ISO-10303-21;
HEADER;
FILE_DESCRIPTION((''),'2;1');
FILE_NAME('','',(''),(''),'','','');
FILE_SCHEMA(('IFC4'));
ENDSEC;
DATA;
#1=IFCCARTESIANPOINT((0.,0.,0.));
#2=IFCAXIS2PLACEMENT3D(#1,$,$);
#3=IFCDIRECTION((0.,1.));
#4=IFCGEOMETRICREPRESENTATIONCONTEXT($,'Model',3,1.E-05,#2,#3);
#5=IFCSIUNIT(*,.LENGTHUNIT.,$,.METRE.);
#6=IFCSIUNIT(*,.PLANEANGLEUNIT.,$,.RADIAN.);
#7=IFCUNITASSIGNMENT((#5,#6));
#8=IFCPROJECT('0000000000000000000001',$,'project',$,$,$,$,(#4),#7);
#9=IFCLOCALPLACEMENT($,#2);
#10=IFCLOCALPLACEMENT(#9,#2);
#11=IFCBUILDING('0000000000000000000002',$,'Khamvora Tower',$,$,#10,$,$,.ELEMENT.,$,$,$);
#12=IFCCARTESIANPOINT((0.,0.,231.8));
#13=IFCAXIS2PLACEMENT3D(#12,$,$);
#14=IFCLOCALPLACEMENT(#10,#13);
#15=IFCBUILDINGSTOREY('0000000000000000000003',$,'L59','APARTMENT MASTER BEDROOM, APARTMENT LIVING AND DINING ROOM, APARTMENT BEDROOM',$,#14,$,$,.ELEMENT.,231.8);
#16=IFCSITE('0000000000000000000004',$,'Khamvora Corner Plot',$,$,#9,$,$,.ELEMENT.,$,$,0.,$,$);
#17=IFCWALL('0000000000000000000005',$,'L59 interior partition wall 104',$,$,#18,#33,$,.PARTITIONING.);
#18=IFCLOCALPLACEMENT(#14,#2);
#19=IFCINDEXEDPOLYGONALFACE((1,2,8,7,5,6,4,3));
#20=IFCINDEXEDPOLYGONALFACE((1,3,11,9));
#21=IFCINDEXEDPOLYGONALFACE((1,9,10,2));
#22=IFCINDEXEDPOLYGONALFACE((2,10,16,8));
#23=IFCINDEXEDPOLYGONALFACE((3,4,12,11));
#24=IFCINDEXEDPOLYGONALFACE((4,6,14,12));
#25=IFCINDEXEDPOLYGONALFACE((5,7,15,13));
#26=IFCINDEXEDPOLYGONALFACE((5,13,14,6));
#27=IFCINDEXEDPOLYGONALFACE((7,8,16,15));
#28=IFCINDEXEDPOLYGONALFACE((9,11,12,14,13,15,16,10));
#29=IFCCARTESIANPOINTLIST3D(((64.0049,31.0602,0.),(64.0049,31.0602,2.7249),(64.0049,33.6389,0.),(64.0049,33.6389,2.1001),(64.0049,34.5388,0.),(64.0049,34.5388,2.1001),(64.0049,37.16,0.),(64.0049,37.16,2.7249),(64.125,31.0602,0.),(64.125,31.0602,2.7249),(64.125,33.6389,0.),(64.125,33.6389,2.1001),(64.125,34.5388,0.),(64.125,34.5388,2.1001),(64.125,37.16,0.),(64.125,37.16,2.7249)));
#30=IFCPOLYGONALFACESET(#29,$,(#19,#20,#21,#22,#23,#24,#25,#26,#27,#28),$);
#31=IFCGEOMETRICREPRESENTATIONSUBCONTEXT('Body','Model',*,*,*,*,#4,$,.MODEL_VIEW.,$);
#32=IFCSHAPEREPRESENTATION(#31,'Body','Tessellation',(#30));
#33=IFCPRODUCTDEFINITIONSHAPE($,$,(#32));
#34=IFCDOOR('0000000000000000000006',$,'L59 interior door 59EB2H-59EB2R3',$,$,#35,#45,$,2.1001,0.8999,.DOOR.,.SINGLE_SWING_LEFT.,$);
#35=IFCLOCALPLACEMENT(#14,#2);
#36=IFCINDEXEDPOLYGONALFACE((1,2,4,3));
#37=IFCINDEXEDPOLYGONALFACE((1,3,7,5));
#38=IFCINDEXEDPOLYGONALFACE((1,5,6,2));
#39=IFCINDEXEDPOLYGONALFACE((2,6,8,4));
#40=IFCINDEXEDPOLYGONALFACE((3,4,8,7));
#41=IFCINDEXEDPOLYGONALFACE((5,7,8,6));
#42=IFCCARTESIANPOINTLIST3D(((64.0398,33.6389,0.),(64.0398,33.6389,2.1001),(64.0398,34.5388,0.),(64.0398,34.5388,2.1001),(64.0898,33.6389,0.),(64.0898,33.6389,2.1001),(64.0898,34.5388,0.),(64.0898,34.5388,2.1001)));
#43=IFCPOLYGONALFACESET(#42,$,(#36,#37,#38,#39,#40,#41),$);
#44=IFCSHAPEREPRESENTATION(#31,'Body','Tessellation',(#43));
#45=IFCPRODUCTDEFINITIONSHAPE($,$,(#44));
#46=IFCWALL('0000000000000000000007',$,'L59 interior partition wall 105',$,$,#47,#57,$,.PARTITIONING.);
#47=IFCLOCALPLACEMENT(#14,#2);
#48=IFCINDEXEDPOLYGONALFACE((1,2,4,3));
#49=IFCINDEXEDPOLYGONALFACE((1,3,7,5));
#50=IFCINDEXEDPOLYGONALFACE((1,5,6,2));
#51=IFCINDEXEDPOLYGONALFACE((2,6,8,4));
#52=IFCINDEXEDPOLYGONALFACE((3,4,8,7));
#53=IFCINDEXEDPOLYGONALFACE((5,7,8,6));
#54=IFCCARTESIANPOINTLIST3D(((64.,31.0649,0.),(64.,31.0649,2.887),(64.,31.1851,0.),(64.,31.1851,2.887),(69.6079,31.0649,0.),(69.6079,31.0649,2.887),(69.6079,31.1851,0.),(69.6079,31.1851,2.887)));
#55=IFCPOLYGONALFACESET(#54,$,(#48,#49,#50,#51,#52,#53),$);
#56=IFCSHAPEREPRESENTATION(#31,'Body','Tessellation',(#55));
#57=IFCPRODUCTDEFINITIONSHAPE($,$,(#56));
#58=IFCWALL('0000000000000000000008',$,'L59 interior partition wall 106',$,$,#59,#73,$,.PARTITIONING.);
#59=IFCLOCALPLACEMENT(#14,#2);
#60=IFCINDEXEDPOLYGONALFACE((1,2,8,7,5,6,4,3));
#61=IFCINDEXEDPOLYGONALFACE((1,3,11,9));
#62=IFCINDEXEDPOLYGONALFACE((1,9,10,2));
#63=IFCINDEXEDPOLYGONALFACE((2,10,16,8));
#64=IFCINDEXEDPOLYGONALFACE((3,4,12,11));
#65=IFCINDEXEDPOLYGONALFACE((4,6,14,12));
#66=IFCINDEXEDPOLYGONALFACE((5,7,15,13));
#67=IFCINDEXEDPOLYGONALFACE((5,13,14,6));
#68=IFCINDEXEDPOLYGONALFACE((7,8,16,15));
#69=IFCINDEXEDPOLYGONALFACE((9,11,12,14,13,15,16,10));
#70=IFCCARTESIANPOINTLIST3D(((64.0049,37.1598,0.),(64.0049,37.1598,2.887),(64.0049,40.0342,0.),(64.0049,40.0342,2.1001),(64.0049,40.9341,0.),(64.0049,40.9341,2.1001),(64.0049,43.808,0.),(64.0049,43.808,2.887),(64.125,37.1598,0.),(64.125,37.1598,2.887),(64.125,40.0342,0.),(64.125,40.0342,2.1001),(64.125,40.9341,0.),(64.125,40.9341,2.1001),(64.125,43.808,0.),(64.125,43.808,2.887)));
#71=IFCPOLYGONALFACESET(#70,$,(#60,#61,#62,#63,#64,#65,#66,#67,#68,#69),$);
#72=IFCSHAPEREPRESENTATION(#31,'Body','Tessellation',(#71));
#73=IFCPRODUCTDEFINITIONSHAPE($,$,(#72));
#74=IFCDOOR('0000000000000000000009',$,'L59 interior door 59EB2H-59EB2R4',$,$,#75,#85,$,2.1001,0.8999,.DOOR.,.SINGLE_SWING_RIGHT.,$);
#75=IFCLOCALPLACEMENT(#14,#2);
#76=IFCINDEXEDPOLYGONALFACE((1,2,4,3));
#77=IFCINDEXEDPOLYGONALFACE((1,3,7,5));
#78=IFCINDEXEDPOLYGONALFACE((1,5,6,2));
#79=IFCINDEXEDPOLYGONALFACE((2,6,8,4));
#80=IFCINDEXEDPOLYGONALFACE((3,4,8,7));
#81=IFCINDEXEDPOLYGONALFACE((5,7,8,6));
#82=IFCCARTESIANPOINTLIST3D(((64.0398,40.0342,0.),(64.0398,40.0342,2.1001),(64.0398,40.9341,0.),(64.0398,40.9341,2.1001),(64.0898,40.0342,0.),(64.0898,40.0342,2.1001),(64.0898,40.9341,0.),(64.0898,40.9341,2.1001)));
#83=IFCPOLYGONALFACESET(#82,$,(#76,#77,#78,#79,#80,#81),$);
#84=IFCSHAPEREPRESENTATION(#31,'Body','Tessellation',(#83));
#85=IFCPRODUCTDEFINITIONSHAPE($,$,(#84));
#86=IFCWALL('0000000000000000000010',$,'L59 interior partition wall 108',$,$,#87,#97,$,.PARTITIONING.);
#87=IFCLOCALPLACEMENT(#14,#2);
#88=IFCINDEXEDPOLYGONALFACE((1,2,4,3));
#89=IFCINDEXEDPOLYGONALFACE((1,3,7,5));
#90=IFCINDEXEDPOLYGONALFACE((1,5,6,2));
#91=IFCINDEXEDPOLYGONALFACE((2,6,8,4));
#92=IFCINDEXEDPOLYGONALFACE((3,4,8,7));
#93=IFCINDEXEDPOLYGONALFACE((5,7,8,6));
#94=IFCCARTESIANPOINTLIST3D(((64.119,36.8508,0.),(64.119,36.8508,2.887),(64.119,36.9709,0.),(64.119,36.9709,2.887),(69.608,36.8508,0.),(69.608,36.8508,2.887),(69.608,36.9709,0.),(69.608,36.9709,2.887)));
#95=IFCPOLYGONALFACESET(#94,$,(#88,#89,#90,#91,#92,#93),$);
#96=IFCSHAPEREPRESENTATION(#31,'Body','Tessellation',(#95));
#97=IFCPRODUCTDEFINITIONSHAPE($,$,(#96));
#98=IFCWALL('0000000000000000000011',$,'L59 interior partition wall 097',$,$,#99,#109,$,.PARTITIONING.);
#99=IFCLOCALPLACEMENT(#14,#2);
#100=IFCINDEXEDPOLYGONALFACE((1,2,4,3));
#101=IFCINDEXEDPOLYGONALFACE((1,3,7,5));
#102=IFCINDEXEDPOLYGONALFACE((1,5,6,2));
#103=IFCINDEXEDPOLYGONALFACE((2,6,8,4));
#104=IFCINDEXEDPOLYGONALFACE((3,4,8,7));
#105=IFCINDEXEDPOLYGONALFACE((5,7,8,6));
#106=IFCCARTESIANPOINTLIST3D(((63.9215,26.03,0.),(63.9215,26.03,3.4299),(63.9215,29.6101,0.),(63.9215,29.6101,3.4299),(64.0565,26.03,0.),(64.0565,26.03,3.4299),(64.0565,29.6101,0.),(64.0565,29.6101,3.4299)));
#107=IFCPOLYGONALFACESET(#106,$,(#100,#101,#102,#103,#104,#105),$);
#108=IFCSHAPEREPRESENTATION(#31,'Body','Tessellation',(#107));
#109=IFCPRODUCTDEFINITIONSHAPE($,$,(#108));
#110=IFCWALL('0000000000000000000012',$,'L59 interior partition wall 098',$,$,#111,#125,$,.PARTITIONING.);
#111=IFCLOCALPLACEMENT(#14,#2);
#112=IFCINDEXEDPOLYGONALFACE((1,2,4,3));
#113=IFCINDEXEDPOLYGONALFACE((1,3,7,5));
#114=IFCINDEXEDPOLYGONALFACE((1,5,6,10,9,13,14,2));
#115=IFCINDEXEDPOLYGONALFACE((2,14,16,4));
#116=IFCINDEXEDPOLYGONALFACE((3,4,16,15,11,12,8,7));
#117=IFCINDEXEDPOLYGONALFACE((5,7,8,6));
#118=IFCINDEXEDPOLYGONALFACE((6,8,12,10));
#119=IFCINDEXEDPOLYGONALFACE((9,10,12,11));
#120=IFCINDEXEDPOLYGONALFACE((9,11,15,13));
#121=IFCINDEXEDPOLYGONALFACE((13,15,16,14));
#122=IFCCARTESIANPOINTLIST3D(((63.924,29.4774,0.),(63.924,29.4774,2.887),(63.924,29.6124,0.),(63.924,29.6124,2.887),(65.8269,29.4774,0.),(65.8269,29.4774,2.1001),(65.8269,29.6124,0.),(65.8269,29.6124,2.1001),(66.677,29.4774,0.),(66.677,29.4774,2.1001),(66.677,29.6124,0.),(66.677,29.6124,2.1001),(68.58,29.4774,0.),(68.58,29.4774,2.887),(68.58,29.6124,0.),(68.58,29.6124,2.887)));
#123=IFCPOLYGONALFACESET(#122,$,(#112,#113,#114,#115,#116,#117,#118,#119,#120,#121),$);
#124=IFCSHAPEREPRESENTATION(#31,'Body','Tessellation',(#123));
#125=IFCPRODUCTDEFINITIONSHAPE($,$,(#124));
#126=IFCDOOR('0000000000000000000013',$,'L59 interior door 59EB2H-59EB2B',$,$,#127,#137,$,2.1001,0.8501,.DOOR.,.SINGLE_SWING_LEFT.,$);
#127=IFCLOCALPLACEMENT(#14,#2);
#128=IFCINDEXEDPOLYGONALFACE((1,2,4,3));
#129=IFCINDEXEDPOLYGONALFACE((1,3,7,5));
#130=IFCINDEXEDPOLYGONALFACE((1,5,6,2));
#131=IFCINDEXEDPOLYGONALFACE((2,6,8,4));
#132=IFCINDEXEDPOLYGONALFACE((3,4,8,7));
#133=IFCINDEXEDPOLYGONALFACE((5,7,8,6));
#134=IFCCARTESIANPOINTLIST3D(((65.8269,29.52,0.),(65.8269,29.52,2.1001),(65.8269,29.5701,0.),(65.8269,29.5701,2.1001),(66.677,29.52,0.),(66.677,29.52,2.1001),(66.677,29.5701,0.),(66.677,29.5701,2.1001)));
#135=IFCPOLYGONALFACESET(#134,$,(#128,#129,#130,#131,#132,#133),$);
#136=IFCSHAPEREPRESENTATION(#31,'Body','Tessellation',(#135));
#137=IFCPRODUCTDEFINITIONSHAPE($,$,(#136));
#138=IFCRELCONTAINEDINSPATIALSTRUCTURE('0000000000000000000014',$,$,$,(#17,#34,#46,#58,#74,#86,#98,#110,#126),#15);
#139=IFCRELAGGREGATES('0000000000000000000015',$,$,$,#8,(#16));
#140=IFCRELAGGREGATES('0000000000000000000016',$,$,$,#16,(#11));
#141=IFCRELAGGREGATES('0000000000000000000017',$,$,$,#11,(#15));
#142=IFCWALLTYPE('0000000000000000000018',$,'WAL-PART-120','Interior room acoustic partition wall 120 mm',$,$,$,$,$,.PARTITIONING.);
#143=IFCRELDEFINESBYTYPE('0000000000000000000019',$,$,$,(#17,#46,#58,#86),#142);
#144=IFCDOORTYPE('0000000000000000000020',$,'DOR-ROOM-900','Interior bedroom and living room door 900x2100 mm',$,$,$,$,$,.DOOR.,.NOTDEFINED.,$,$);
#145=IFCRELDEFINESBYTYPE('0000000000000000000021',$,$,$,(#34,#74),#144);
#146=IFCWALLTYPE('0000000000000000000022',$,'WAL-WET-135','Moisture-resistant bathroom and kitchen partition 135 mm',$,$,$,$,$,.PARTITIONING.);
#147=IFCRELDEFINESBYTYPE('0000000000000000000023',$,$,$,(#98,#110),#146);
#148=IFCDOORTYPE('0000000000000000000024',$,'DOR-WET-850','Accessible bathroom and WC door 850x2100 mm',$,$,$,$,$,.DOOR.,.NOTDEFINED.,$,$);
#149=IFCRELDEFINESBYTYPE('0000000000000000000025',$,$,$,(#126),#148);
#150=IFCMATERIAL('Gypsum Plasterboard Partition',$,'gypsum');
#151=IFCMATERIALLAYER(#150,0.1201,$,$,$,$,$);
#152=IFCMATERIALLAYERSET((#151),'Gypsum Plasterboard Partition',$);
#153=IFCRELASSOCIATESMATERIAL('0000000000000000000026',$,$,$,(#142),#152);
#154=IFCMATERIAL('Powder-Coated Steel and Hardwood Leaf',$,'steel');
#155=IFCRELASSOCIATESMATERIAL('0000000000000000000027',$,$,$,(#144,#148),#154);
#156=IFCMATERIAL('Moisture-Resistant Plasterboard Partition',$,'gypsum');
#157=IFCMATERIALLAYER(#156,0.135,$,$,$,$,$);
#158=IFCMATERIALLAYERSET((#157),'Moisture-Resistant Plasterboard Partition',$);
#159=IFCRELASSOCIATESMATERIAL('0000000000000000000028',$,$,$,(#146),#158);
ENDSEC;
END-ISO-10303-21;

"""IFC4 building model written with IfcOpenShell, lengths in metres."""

from ifc_helpers import new_model, si_unit, direction, frame, frame_2d, origin, place, context, subcontext, project, spatial, rectangle, extrude, material, layer, layer_set, type_object, element, fill, save


model = new_model("IFC4")

# Units and contexts
model_context = context("Model", 3, precision=1e-05, world=origin(), true_north=direction((0.0, 1.0)))
body_context = subcontext(model_context, "Body", "Model", "MODEL_VIEW")
ifc_project = project(units=[si_unit("LENGTHUNIT", "METRE"), si_unit("PLANEANGLEUNIT", "RADIAN")], contexts=[model_context])

# Site, building, storey
site_placement = place(None, origin())
site = spatial("IfcSite", under=ifc_project, at=site_placement, Name="Khamvora Corner Plot", CompositionType="ELEMENT", RefElevation=0.0)
building_placement = place(site_placement, origin())
building = spatial("IfcBuilding", under=site, at=building_placement, Name="Khamvora Tower", CompositionType="ELEMENT")
storey_placement = place(building_placement, frame((0.0, 0.0, 231.8)))
storey = spatial("IfcBuildingStorey", under=building, at=storey_placement, Name="L59", Description="APARTMENT MASTER BEDROOM, APARTMENT LIVING AND DINING ROOM, APARTMENT BEDROOM", CompositionType="ELEMENT", Elevation=231.8)

# Wall, opening, door
ifc_material_1 = material(Name="Gypsum Plasterboard Partition", Category="gypsum")
ifc_layer_1 = layer(ifc_material_1, 0.1201)
ifc_layer_set_1 = layer_set([ifc_layer_1], Name="Gypsum Plasterboard Partition")
wall_type_1 = type_object("IfcWallType", Name="WAL-PART-120", Description="Interior room acoustic partition wall 120 mm", PredefinedType="PARTITIONING", material=ifc_layer_set_1)
ifc_material_2 = material(Name="Powder-Coated Steel and Hardwood Leaf", Category="steel")
door_type_1 = type_object("IfcDoorType", Name="DOR-ROOM-900", Description="Interior bedroom and living room door 900x2100 mm", OperationType="NOTDEFINED", PredefinedType="DOOR", material=ifc_material_2)
wall_1_placement = place(storey_placement, frame((64.0649, 37.1599, 0.0), z_axis=(0.0, 0.0, 1.0), x_axis=(0.0, -1.0, 0.0)))
wall_1 = element("IfcWall", 1, at=wall_1_placement, inside=storey, type_object=wall_type_1, Name="L59 interior partition wall 104", PredefinedType="PARTITIONING", context=body_context, shape_type="SweptSolid", body=[
    extrude(rectangle(XDim=6.0999, YDim=0.1201, at=frame_2d((3.0498, 0.0))), origin(), (0.0, 0.0, 1.0), 2.7249),
])
opening_1_placement = place(wall_1_placement, frame((2.6211, 0.0, 0.0)))
opening_1 = element("IfcOpeningElement", 2, at=opening_1_placement, cuts=wall_1, PredefinedType="OPENING", context=body_context, shape_type="SweptSolid", body=[
    extrude(rectangle(XDim=0.8999, YDim=2.1001, at=frame_2d((0.45, 1.05))), frame((0.0, 0.0701, 0.0), z_axis=(0.0, -1.0, 0.0), x_axis=(1.0, 0.0, 0.0)), (0.0, 0.0, 1.0), 0.1401),
])
door_1_placement = place(opening_1_placement, origin())
door_1 = element("IfcDoor", 3, at=door_1_placement, inside=storey, type_object=door_type_1, Name="L59 interior door 59EB2H-59EB2R3", OperationType="SINGLE_SWING_LEFT", OverallHeight=2.1001, OverallWidth=0.8999, PredefinedType="DOOR", context=body_context, shape_type="SweptSolid", body=[
    extrude(rectangle(XDim=0.8999, YDim=2.1001, at=frame_2d((0.45, 1.05))), frame((0.0, 0.0249, 0.0), z_axis=(0.0, -1.0, 0.0), x_axis=(1.0, 0.0, 0.0)), (0.0, 0.0, 1.0), 0.05),
])
fill(opening_1, door_1)

# Wall
wall_2_placement = place(storey_placement, frame((64.0, 31.125, 0.0), z_axis=(0.0, 0.0, 1.0), x_axis=(1.0, 0.0, 0.0)))
element("IfcWall", 4, at=wall_2_placement, inside=storey, type_object=wall_type_1, Name="L59 interior partition wall 105", PredefinedType="PARTITIONING", context=body_context, shape_type="SweptSolid", body=[
    extrude(rectangle(XDim=5.6079, YDim=0.1201, at=frame_2d((2.804, 0.0))), origin(), (0.0, 0.0, 1.0), 2.887),
])

# Wall, opening, door
wall_3_placement = place(storey_placement, frame((64.0649, 43.8081, 0.0), z_axis=(0.0, 0.0, 1.0), x_axis=(0.0, -1.0, 0.0)))
wall_3 = element("IfcWall", 5, at=wall_3_placement, inside=storey, type_object=wall_type_1, Name="L59 interior partition wall 106", PredefinedType="PARTITIONING", context=body_context, shape_type="SweptSolid", body=[
    extrude(rectangle(XDim=6.6482, YDim=0.1201, at=frame_2d((3.3242, 0.0))), origin(), (0.0, 0.0, 1.0), 2.887),
])
opening_2_placement = place(wall_3_placement, frame((2.874, 0.0, 0.0)))
opening_2 = element("IfcOpeningElement", 6, at=opening_2_placement, cuts=wall_3, PredefinedType="OPENING", context=body_context, shape_type="SweptSolid", body=[
    extrude(rectangle(XDim=0.8999, YDim=2.1001, at=frame_2d((0.45, 1.05))), frame((0.0, 0.0701, 0.0), z_axis=(0.0, -1.0, 0.0), x_axis=(1.0, 0.0, 0.0)), (0.0, 0.0, 1.0), 0.1401),
])
door_2_placement = place(opening_2_placement, origin())
door_2 = element("IfcDoor", 7, at=door_2_placement, inside=storey, type_object=door_type_1, Name="L59 interior door 59EB2H-59EB2R4", OperationType="SINGLE_SWING_RIGHT", OverallHeight=2.1001, OverallWidth=0.8999, PredefinedType="DOOR", context=body_context, shape_type="SweptSolid", body=[
    extrude(rectangle(XDim=0.8999, YDim=2.1001, at=frame_2d((0.45, 1.05))), frame((0.0, 0.0249, 0.0), z_axis=(0.0, -1.0, 0.0), x_axis=(1.0, 0.0, 0.0)), (0.0, 0.0, 1.0), 0.05),
])
fill(opening_2, door_2)

# Walls
wall_4_placement = place(storey_placement, frame((64.1189, 36.9109, 0.0), z_axis=(0.0, 0.0, 1.0), x_axis=(1.0, 0.0, 0.0)))
element("IfcWall", 8, at=wall_4_placement, inside=storey, type_object=wall_type_1, Name="L59 interior partition wall 108", PredefinedType="PARTITIONING", context=body_context, shape_type="SweptSolid", body=[
    extrude(rectangle(XDim=5.489, YDim=0.1201, at=frame_2d((2.7446, 0.0))), origin(), (0.0, 0.0, 1.0), 2.887),
])
ifc_material_3 = material(Name="Moisture-Resistant Plasterboard Partition", Category="gypsum")
ifc_layer_2 = layer(ifc_material_3, 0.135)
ifc_layer_set_2 = layer_set([ifc_layer_2], Name="Moisture-Resistant Plasterboard Partition")
wall_type_2 = type_object("IfcWallType", Name="WAL-WET-135", Description="Moisture-resistant bathroom and kitchen partition 135 mm", PredefinedType="PARTITIONING", material=ifc_layer_set_2)
wall_5_placement = place(storey_placement, frame((63.989, 29.6101, 0.0), z_axis=(0.0, 0.0, 1.0), x_axis=(0.0, -1.0, 0.0)))
element("IfcWall", 9, at=wall_5_placement, inside=storey, type_object=wall_type_2, Name="L59 interior partition wall 097", PredefinedType="PARTITIONING", context=body_context, shape_type="SweptSolid", body=[
    extrude(rectangle(XDim=3.5801, YDim=0.135, at=frame_2d((1.79, 0.0))), origin(), (0.0, 0.0, 1.0), 3.4299),
])

# Wall, opening, door
wall_6_placement = place(storey_placement, frame((68.5801, 29.5449, 0.0), z_axis=(0.0, 0.0, 1.0), x_axis=(-1.0, 0.0, 0.0)))
wall_6 = element("IfcWall", 10, at=wall_6_placement, inside=storey, type_object=wall_type_2, Name="L59 interior partition wall 098", PredefinedType="PARTITIONING", context=body_context, shape_type="SweptSolid", body=[
    extrude(rectangle(XDim=4.656, YDim=0.135, at=frame_2d((2.3281, 0.0))), origin(), (0.0, 0.0, 1.0), 2.887),
])
opening_3_placement = place(wall_6_placement, frame((1.9031, 0.0, 0.0)))
opening_3 = element("IfcOpeningElement", 11, at=opening_3_placement, cuts=wall_6, PredefinedType="OPENING", context=body_context, shape_type="SweptSolid", body=[
    extrude(rectangle(XDim=0.8501, YDim=2.1001, at=frame_2d((0.425, 1.05))), frame((0.0, 0.0774, 0.0), z_axis=(0.0, -1.0, 0.0), x_axis=(1.0, 0.0, 0.0)), (0.0, 0.0, 1.0), 0.155),
])
door_type_2 = type_object("IfcDoorType", Name="DOR-WET-850", Description="Accessible bathroom and WC door 850x2100 mm", OperationType="NOTDEFINED", PredefinedType="DOOR", material=ifc_material_2)
door_3_placement = place(opening_3_placement, origin())
door_3 = element("IfcDoor", 12, at=door_3_placement, inside=storey, type_object=door_type_2, Name="L59 interior door 59EB2H-59EB2B", OperationType="SINGLE_SWING_LEFT", OverallHeight=2.1001, OverallWidth=0.8501, PredefinedType="DOOR", context=body_context, shape_type="SweptSolid", body=[
    extrude(rectangle(XDim=0.8501, YDim=2.1001, at=frame_2d((0.425, 1.05))), frame((0.0, 0.0249, 0.0), z_axis=(0.0, -1.0, 0.0), x_axis=(1.0, 0.0, 0.0)), (0.0, 0.0, 1.0), 0.05),
])
fill(opening_3, door_3)

save(model, "model.ifc")
